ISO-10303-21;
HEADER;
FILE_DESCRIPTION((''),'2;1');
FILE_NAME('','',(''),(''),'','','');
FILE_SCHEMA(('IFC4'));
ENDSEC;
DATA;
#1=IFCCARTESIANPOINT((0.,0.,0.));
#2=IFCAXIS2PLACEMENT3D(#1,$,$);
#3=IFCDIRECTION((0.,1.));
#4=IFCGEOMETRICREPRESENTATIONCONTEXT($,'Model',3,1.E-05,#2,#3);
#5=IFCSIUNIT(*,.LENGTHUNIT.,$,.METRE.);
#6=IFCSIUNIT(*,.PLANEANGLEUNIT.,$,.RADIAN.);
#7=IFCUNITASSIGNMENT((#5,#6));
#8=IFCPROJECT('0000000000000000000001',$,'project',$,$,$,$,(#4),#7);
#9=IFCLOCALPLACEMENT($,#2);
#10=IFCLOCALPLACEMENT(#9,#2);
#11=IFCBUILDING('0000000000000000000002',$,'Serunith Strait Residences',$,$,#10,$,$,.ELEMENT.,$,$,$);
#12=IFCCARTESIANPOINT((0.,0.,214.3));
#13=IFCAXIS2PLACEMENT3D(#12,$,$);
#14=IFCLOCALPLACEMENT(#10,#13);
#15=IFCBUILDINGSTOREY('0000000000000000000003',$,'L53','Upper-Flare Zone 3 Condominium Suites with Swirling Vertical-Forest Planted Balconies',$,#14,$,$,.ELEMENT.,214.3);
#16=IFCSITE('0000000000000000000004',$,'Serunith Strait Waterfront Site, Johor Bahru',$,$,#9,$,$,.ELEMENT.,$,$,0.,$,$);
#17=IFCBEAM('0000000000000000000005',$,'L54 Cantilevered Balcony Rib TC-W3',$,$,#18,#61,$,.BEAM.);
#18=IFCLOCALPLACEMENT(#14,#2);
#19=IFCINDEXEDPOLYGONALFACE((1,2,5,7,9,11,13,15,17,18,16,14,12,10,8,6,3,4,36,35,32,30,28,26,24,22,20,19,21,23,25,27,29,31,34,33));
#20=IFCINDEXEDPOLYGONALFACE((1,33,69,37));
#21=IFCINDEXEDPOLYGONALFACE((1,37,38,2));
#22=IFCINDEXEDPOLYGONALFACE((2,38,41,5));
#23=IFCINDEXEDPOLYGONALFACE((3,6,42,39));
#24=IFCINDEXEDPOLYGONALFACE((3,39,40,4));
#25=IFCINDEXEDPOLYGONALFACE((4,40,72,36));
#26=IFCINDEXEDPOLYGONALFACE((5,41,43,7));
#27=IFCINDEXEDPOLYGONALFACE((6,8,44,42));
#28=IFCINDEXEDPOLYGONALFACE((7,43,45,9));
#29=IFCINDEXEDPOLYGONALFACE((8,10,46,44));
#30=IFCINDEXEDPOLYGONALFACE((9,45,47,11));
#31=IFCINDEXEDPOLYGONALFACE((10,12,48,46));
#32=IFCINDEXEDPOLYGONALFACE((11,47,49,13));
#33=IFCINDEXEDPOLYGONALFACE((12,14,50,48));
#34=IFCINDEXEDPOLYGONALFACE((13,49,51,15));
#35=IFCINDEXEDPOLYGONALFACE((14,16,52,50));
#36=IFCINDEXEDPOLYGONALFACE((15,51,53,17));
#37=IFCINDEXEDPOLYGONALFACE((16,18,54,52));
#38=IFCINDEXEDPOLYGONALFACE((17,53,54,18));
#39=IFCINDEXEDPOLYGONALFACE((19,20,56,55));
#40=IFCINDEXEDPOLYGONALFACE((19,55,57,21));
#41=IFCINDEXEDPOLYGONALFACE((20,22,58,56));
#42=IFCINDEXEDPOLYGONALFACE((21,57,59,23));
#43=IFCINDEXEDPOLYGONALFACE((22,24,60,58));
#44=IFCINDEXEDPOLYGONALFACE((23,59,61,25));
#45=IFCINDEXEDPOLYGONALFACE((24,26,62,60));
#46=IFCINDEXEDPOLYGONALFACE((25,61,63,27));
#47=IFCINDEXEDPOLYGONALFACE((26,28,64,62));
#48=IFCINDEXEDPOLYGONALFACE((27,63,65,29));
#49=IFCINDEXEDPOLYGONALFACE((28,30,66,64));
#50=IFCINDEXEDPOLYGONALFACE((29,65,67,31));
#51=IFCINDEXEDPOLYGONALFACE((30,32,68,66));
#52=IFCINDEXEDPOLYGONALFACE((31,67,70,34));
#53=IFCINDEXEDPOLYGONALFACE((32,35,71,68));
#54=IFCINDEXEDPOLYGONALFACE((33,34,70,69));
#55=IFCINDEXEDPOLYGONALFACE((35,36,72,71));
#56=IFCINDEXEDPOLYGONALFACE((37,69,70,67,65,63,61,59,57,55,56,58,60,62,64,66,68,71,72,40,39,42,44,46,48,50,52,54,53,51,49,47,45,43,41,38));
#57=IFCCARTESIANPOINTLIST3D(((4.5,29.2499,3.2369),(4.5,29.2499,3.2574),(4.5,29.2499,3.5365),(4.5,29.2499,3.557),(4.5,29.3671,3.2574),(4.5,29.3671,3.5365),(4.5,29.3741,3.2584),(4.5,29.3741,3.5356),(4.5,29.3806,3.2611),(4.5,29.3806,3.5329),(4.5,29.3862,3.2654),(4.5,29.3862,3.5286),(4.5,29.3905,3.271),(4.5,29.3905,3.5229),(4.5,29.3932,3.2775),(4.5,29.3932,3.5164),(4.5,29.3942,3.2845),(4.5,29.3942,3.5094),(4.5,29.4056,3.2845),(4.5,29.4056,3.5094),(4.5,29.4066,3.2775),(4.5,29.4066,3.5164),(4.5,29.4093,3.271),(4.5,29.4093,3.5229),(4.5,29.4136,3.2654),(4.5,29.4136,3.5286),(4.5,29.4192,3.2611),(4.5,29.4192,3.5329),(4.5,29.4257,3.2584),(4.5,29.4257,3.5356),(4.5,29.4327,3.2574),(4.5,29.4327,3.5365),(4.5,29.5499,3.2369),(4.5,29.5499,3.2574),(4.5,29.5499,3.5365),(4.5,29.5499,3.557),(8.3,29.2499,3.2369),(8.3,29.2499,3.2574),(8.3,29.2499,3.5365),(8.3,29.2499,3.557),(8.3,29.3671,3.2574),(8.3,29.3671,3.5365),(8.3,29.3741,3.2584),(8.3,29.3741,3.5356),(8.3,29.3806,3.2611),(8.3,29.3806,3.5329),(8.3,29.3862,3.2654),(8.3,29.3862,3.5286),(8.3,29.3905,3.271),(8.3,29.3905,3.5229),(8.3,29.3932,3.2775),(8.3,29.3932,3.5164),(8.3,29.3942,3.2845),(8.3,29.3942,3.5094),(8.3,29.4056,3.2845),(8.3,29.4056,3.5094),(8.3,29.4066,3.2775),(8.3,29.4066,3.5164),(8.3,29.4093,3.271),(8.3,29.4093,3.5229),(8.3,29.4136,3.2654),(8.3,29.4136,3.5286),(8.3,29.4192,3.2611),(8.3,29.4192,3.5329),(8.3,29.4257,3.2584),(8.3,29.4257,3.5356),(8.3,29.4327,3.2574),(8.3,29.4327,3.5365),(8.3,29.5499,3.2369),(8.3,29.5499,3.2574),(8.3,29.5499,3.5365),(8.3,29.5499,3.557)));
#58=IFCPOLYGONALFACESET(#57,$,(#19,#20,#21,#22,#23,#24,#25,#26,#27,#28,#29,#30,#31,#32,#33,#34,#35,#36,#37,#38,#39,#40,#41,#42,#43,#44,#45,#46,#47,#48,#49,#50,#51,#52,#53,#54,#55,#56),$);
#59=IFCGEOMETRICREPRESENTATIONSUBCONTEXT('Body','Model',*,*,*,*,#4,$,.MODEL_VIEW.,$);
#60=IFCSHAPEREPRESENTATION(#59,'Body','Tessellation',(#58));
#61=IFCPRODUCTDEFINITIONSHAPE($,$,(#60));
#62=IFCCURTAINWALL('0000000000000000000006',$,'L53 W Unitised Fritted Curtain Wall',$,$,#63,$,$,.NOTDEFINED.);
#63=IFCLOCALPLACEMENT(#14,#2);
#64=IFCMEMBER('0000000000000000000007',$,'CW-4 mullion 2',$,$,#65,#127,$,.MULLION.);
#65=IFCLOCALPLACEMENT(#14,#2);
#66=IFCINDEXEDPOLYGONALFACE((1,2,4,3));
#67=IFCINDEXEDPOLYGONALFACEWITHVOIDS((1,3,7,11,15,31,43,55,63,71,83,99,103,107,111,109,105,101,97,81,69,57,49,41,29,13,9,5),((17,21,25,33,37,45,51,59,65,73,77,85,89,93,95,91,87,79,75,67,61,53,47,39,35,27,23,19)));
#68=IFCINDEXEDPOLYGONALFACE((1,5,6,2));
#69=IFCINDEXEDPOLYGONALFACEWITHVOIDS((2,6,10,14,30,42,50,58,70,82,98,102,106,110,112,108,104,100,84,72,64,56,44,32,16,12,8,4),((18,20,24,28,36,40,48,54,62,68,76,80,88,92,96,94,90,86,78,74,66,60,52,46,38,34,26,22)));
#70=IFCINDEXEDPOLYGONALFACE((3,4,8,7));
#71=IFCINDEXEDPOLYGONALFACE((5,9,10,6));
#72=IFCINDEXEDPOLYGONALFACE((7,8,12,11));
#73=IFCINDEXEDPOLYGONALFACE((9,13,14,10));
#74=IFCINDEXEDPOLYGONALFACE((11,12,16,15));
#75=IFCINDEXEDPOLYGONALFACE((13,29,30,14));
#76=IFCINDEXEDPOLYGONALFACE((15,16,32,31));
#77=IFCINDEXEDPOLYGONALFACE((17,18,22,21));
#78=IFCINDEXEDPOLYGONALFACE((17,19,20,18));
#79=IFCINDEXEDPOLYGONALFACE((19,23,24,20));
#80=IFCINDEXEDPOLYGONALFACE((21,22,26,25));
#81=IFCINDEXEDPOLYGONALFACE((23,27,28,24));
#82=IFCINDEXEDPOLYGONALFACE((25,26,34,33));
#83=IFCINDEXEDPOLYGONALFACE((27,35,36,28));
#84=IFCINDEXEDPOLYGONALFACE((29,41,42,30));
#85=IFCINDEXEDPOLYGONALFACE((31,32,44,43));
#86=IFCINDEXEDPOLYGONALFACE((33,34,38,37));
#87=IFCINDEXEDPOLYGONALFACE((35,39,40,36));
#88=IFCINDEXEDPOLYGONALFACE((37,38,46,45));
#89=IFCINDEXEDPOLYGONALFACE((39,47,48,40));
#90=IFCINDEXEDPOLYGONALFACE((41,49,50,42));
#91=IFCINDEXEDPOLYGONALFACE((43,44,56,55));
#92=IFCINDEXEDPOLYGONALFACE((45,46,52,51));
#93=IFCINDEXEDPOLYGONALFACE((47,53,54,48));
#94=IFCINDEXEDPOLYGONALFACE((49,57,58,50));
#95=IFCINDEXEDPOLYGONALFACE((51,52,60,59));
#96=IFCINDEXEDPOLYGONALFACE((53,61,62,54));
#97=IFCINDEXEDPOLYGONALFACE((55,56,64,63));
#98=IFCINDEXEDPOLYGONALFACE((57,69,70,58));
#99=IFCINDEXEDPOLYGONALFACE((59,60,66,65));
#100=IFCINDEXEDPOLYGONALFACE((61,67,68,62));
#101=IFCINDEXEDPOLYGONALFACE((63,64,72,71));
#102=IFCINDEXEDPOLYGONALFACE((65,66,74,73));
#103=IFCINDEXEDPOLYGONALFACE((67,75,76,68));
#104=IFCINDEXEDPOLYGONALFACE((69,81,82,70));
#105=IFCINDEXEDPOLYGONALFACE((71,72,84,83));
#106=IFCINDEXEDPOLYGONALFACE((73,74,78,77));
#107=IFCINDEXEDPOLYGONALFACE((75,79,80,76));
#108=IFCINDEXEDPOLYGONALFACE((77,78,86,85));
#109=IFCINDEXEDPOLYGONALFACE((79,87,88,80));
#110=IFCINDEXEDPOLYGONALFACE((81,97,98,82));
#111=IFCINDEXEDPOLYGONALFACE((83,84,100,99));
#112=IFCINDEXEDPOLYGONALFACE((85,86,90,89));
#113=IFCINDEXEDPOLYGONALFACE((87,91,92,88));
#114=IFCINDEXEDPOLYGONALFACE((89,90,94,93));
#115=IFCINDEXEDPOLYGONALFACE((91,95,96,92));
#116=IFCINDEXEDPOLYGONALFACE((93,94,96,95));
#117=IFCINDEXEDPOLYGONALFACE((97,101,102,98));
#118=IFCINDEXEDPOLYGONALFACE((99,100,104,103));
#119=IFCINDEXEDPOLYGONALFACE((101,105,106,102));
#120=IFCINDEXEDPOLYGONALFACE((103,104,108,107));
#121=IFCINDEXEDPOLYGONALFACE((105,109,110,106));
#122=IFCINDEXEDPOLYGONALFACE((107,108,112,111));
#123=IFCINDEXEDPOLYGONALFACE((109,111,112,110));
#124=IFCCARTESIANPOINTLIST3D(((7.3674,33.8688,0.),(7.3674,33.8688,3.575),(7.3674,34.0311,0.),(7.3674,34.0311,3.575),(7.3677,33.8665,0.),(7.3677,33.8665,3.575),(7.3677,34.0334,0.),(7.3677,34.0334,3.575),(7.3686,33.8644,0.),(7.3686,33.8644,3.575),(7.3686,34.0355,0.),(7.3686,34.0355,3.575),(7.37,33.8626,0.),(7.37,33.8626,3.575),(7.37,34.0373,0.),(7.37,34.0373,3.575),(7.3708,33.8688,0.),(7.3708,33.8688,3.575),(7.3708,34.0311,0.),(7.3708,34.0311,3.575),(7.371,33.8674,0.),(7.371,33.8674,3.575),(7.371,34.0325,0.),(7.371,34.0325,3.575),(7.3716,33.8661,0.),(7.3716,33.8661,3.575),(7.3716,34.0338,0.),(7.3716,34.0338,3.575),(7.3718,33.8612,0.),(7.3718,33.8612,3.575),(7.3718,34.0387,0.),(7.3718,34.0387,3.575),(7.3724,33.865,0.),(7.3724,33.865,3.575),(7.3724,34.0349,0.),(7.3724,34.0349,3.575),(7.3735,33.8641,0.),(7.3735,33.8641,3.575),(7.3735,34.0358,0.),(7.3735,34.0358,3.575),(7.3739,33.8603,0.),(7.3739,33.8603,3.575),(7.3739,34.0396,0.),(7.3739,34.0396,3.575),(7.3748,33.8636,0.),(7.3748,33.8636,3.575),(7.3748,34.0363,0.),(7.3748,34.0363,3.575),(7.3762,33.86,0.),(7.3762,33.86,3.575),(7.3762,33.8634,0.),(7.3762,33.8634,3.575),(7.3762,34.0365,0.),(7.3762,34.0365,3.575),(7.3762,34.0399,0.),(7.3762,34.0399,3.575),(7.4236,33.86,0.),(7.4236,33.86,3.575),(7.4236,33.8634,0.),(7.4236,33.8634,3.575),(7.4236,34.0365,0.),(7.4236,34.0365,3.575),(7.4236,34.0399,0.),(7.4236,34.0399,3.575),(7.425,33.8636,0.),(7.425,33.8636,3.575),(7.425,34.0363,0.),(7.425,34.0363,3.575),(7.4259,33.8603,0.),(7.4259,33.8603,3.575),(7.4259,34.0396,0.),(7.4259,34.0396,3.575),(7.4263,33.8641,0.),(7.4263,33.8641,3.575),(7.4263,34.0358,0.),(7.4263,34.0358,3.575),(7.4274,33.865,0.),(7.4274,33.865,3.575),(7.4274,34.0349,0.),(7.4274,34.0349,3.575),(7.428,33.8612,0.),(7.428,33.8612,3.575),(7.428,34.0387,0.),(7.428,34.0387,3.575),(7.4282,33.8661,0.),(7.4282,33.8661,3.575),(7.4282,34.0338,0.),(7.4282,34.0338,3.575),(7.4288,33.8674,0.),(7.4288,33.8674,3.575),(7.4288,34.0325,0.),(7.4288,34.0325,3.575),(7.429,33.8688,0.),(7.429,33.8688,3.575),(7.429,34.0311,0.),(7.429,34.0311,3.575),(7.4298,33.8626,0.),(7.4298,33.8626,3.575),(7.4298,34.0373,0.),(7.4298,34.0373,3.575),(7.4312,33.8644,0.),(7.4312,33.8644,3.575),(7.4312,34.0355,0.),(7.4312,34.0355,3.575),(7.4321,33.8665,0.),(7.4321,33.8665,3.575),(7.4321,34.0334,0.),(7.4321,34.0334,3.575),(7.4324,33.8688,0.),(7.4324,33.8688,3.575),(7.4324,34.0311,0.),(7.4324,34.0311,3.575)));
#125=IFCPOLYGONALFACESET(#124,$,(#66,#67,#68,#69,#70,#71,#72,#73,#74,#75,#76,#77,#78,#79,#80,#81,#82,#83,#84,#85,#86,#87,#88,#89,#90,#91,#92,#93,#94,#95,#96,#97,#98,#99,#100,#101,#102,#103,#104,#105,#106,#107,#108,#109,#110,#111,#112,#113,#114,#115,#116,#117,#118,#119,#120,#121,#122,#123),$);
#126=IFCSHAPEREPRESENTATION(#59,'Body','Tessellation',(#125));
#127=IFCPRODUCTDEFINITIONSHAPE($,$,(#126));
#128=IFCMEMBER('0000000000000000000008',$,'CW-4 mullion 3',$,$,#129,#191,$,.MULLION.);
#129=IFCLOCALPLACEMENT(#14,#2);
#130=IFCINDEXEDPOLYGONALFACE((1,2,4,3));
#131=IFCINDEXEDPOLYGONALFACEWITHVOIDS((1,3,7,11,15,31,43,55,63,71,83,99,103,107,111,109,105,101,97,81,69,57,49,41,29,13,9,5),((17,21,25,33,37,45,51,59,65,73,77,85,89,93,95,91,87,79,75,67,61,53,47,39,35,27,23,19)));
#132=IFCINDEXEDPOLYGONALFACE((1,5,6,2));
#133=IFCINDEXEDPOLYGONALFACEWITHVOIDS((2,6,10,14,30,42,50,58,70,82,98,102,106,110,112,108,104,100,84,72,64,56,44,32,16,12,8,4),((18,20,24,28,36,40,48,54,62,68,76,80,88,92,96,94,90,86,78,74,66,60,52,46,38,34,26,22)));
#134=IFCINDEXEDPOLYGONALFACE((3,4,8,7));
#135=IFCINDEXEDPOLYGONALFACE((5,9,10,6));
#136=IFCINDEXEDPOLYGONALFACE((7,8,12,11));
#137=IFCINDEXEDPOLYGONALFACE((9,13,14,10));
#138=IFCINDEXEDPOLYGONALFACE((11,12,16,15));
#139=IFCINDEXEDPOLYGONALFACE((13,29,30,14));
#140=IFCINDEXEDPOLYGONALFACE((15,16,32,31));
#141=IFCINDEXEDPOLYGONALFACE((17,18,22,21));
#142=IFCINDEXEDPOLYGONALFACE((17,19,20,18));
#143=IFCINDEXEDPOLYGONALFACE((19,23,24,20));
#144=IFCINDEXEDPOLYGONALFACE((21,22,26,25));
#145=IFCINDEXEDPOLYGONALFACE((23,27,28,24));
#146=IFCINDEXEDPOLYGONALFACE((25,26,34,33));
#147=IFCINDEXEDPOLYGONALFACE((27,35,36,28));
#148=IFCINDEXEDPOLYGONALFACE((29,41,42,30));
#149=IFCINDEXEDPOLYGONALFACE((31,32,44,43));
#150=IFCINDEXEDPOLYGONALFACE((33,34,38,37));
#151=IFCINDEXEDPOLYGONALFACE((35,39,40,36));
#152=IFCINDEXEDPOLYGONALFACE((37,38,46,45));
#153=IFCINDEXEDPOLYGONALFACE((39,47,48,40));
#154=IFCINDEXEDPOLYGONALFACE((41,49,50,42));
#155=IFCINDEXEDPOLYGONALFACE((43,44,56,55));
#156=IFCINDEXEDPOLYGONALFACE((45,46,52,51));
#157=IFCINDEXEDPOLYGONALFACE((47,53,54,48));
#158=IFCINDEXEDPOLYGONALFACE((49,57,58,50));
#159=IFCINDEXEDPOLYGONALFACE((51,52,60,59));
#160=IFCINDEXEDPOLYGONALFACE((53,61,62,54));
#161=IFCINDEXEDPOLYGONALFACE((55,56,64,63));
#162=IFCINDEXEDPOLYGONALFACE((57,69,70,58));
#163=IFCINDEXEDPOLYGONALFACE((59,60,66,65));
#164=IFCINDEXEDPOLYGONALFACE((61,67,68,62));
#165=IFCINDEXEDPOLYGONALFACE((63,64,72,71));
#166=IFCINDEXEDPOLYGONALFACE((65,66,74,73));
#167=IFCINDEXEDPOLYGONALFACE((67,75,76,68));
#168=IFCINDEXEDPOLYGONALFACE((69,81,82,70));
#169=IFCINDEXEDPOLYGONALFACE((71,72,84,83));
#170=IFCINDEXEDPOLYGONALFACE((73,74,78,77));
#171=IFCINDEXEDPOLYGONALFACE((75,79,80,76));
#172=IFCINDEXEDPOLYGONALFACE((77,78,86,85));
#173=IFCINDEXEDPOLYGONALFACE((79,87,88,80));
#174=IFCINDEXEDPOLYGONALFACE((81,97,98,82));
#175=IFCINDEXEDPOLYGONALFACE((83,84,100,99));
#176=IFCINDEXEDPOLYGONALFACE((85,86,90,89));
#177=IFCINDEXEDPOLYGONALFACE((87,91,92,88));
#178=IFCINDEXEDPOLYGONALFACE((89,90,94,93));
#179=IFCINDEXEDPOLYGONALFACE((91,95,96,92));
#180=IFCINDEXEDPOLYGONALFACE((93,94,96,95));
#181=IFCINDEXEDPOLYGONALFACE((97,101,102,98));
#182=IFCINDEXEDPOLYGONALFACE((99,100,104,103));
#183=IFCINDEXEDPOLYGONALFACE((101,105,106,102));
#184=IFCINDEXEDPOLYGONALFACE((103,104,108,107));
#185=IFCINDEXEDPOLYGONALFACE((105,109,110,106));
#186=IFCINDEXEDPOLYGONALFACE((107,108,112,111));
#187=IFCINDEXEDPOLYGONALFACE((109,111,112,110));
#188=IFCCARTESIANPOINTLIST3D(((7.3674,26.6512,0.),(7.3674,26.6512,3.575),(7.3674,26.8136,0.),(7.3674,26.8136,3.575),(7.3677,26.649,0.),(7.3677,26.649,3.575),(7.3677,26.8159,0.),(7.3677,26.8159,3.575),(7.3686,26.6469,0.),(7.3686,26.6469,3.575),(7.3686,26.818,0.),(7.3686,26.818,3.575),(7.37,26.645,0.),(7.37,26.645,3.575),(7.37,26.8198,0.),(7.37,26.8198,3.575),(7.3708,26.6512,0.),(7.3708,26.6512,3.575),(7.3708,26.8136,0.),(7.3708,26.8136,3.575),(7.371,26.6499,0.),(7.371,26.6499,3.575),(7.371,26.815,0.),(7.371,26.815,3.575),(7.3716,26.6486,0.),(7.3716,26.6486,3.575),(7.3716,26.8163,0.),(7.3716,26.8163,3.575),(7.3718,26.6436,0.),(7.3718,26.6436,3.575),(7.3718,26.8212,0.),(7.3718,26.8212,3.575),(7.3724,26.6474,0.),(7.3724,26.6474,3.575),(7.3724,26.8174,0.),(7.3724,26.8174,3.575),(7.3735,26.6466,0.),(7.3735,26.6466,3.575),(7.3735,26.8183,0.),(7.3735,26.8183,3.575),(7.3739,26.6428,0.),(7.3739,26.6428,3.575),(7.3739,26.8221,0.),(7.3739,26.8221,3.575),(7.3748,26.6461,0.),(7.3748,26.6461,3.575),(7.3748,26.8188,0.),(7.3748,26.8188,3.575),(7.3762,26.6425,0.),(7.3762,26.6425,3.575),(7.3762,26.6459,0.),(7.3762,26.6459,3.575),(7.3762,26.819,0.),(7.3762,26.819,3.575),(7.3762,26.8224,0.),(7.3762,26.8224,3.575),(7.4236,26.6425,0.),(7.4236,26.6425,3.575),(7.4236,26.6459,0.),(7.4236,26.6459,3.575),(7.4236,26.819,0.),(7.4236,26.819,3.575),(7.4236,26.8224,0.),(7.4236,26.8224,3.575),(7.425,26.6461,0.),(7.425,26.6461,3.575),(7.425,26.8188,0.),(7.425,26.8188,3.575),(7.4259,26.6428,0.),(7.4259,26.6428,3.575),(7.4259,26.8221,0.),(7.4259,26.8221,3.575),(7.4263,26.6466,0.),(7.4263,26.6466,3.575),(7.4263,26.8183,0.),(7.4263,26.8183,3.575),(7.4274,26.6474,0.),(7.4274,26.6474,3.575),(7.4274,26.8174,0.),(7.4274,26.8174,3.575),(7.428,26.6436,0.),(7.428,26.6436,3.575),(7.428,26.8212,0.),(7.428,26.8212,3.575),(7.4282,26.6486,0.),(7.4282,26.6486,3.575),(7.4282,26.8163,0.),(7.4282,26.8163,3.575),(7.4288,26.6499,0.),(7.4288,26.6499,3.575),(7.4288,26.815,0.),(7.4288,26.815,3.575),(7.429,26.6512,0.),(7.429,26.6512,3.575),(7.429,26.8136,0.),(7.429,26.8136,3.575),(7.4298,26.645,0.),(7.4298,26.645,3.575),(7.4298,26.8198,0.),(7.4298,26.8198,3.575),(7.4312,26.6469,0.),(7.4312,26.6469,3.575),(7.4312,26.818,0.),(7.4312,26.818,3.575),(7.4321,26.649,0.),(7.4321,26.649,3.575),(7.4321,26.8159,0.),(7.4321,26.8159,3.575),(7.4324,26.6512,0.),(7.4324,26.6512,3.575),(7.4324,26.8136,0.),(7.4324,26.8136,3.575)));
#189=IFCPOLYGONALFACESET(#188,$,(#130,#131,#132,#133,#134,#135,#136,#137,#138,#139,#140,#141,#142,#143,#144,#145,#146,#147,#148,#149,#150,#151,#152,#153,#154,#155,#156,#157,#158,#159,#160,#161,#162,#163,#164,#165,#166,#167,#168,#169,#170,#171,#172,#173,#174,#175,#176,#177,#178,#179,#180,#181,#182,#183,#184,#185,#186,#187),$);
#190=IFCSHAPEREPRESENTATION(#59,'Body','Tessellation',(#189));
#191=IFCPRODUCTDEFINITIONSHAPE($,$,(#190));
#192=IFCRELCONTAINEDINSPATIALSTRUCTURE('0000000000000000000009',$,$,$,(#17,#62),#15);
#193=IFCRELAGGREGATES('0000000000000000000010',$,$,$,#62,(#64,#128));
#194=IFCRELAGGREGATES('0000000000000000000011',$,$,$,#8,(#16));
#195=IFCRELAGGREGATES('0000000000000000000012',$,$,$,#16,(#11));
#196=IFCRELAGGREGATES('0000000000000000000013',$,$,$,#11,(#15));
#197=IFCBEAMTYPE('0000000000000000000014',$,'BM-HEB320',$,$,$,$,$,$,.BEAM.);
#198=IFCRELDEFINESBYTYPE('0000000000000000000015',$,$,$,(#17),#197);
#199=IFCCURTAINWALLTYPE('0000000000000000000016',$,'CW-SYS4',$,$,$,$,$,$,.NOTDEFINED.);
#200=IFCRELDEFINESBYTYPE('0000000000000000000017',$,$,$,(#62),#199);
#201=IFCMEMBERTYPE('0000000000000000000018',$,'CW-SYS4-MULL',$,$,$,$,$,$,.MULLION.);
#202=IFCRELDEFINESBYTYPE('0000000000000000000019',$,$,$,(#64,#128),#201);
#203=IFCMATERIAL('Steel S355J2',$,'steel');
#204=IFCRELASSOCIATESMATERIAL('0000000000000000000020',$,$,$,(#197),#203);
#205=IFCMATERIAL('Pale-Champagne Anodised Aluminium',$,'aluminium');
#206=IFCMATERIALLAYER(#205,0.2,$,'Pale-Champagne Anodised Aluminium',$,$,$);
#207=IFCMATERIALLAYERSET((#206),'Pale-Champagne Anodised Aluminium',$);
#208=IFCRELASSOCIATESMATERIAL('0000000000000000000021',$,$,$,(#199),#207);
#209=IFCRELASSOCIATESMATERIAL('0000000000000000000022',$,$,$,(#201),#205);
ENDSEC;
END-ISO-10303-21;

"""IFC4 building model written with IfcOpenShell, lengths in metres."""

from ifc_helpers import new_model, si_unit, direction, frame, origin, origin_2d, place, context, subcontext, project, spatial, hollow_rectangle, i_section, extrude, source, transform, mapped, material, layer, layer_set, material_profile, profile_set, type_object, element, aggregate, save


model = new_model("IFC4")

# Units and contexts
model_context = context("Model", 3, precision=1e-05, world=origin(), true_north=direction((0.0, 1.0)))
body_context = subcontext(model_context, "Body", "Model", "MODEL_VIEW")
ifc_project = project(units=[si_unit("LENGTHUNIT", "METRE"), si_unit("PLANEANGLEUNIT", "RADIAN")], contexts=[model_context])

# Site, building, storey
site_placement = place(None, origin())
site = spatial("IfcSite", under=ifc_project, at=site_placement, Name="Serunith Strait Waterfront Site, Johor Bahru", CompositionType="ELEMENT", RefElevation=0.0)
building_placement = place(site_placement, origin())
building = spatial("IfcBuilding", under=site, at=building_placement, Name="Serunith Strait Residences", CompositionType="ELEMENT")
storey_placement = place(building_placement, frame((0.0, 0.0, 214.3)))
storey = spatial("IfcBuildingStorey", under=building, at=storey_placement, Name="L53", Description="Upper-Flare Zone 3 Condominium Suites with Swirling Vertical-Forest Planted Balconies", CompositionType="ELEMENT", Elevation=214.3)

# Beam
ifc_material_1 = material(Name="Steel S355J2", Category="steel")
ifc_material_profile_1 = material_profile(ifc_material_1, i_section(OverallWidth=0.3, OverallDepth=0.3201, WebThickness=0.0115, FlangeThickness=0.0205, FilletRadius=0.0271, at=origin_2d()), Name="HEB 320")
ifc_profile_set_1 = profile_set([ifc_material_profile_1], Name="Steel S355J2")
beam_type_1 = type_object("IfcBeamType", Name="BM-HEB320", PredefinedType="BEAM", material=ifc_profile_set_1)
shared_shape_1 = source(origin(), body_context, "Body", "SweptSolid", [
    extrude(i_section(OverallWidth=0.3, OverallDepth=0.3201, WebThickness=0.0115, FlangeThickness=0.0205, FilletRadius=0.0271, at=origin_2d()), origin(), (0.0, 0.0, 1.0), 3.8),
])
beam_1_placement = place(storey_placement, frame((8.3, 29.3999, 3.397), z_axis=(-1.0, 0.0, 0.0), x_axis=(0.0, -1.0, 0.0)))
element("IfcBeam", 1, at=beam_1_placement, inside=storey, type_object=beam_type_1, Name="L54 Cantilevered Balcony Rib TC-W3", PredefinedType="BEAM", context=body_context, shape_type="MappedRepresentation", body=[
    mapped(shared_shape_1, transform((0.0, 0.0, 0.0), scale=1.0)),
])

# Curtain wall, members
ifc_material_2 = material(Name="Pale-Champagne Anodised Aluminium", Category="aluminium")
ifc_layer_1 = layer(ifc_material_2, 0.2, Name="Pale-Champagne Anodised Aluminium")
ifc_layer_set_1 = layer_set([ifc_layer_1], Name="Pale-Champagne Anodised Aluminium")
curtain_wall_type = type_object("IfcCurtainWallType", Name="CW-SYS4", PredefinedType="NOTDEFINED", material=ifc_layer_set_1)
curtain_wall_placement = place(storey_placement, origin())
curtain_wall = element("IfcCurtainWall", 2, at=curtain_wall_placement, inside=storey, type_object=curtain_wall_type, Name="L53 W Unitised Fritted Curtain Wall", PredefinedType="NOTDEFINED")
ifc_material_profile_2 = material_profile(ifc_material_2, hollow_rectangle(XDim=0.0649, YDim=0.1799, WallThickness=0.0034, InnerFilletRadius=0.0054, OuterFilletRadius=0.0088, at=origin_2d()), Name="ALU 180x65x3.5")
ifc_profile_set_2 = profile_set([ifc_material_profile_2], Name="Pale-Champagne Anodised Aluminium")
member_type_1 = type_object("IfcMemberType", Name="CW-SYS4-MULL", PredefinedType="MULLION", material=ifc_profile_set_2)
shared_shape_2 = source(origin(), body_context, "Body", "SweptSolid", [
    extrude(hollow_rectangle(XDim=0.0649, YDim=0.1799, WallThickness=0.0034, InnerFilletRadius=0.0054, OuterFilletRadius=0.0088, at=origin_2d()), origin(), (0.0, 0.0, 1.0), 3.575),
])
member_1_placement = place(storey_placement, frame((7.3999, 33.95, 0.0), z_axis=(0.0, 0.0, 1.0), x_axis=(1.0, 0.0, 0.0)))
member_1 = element("IfcMember", 3, at=member_1_placement, type_object=member_type_1, Name="CW-4 mullion 2", PredefinedType="MULLION", context=body_context, shape_type="MappedRepresentation", body=[
    mapped(shared_shape_2, transform((0.0, 0.0, 0.0), scale=1.0)),
])
member_2_placement = place(storey_placement, frame((7.3999, 26.7324, 0.0), z_axis=(0.0, 0.0, 1.0), x_axis=(1.0, 0.0, 0.0)))
member_2 = element("IfcMember", 4, at=member_2_placement, type_object=member_type_1, Name="CW-4 mullion 3", PredefinedType="MULLION", context=body_context, shape_type="MappedRepresentation", body=[
    mapped(shared_shape_2, transform((0.0, 0.0, 0.0), scale=1.0)),
])
aggregate(curtain_wall, [member_1, member_2])

save(model, "model.ifc")
